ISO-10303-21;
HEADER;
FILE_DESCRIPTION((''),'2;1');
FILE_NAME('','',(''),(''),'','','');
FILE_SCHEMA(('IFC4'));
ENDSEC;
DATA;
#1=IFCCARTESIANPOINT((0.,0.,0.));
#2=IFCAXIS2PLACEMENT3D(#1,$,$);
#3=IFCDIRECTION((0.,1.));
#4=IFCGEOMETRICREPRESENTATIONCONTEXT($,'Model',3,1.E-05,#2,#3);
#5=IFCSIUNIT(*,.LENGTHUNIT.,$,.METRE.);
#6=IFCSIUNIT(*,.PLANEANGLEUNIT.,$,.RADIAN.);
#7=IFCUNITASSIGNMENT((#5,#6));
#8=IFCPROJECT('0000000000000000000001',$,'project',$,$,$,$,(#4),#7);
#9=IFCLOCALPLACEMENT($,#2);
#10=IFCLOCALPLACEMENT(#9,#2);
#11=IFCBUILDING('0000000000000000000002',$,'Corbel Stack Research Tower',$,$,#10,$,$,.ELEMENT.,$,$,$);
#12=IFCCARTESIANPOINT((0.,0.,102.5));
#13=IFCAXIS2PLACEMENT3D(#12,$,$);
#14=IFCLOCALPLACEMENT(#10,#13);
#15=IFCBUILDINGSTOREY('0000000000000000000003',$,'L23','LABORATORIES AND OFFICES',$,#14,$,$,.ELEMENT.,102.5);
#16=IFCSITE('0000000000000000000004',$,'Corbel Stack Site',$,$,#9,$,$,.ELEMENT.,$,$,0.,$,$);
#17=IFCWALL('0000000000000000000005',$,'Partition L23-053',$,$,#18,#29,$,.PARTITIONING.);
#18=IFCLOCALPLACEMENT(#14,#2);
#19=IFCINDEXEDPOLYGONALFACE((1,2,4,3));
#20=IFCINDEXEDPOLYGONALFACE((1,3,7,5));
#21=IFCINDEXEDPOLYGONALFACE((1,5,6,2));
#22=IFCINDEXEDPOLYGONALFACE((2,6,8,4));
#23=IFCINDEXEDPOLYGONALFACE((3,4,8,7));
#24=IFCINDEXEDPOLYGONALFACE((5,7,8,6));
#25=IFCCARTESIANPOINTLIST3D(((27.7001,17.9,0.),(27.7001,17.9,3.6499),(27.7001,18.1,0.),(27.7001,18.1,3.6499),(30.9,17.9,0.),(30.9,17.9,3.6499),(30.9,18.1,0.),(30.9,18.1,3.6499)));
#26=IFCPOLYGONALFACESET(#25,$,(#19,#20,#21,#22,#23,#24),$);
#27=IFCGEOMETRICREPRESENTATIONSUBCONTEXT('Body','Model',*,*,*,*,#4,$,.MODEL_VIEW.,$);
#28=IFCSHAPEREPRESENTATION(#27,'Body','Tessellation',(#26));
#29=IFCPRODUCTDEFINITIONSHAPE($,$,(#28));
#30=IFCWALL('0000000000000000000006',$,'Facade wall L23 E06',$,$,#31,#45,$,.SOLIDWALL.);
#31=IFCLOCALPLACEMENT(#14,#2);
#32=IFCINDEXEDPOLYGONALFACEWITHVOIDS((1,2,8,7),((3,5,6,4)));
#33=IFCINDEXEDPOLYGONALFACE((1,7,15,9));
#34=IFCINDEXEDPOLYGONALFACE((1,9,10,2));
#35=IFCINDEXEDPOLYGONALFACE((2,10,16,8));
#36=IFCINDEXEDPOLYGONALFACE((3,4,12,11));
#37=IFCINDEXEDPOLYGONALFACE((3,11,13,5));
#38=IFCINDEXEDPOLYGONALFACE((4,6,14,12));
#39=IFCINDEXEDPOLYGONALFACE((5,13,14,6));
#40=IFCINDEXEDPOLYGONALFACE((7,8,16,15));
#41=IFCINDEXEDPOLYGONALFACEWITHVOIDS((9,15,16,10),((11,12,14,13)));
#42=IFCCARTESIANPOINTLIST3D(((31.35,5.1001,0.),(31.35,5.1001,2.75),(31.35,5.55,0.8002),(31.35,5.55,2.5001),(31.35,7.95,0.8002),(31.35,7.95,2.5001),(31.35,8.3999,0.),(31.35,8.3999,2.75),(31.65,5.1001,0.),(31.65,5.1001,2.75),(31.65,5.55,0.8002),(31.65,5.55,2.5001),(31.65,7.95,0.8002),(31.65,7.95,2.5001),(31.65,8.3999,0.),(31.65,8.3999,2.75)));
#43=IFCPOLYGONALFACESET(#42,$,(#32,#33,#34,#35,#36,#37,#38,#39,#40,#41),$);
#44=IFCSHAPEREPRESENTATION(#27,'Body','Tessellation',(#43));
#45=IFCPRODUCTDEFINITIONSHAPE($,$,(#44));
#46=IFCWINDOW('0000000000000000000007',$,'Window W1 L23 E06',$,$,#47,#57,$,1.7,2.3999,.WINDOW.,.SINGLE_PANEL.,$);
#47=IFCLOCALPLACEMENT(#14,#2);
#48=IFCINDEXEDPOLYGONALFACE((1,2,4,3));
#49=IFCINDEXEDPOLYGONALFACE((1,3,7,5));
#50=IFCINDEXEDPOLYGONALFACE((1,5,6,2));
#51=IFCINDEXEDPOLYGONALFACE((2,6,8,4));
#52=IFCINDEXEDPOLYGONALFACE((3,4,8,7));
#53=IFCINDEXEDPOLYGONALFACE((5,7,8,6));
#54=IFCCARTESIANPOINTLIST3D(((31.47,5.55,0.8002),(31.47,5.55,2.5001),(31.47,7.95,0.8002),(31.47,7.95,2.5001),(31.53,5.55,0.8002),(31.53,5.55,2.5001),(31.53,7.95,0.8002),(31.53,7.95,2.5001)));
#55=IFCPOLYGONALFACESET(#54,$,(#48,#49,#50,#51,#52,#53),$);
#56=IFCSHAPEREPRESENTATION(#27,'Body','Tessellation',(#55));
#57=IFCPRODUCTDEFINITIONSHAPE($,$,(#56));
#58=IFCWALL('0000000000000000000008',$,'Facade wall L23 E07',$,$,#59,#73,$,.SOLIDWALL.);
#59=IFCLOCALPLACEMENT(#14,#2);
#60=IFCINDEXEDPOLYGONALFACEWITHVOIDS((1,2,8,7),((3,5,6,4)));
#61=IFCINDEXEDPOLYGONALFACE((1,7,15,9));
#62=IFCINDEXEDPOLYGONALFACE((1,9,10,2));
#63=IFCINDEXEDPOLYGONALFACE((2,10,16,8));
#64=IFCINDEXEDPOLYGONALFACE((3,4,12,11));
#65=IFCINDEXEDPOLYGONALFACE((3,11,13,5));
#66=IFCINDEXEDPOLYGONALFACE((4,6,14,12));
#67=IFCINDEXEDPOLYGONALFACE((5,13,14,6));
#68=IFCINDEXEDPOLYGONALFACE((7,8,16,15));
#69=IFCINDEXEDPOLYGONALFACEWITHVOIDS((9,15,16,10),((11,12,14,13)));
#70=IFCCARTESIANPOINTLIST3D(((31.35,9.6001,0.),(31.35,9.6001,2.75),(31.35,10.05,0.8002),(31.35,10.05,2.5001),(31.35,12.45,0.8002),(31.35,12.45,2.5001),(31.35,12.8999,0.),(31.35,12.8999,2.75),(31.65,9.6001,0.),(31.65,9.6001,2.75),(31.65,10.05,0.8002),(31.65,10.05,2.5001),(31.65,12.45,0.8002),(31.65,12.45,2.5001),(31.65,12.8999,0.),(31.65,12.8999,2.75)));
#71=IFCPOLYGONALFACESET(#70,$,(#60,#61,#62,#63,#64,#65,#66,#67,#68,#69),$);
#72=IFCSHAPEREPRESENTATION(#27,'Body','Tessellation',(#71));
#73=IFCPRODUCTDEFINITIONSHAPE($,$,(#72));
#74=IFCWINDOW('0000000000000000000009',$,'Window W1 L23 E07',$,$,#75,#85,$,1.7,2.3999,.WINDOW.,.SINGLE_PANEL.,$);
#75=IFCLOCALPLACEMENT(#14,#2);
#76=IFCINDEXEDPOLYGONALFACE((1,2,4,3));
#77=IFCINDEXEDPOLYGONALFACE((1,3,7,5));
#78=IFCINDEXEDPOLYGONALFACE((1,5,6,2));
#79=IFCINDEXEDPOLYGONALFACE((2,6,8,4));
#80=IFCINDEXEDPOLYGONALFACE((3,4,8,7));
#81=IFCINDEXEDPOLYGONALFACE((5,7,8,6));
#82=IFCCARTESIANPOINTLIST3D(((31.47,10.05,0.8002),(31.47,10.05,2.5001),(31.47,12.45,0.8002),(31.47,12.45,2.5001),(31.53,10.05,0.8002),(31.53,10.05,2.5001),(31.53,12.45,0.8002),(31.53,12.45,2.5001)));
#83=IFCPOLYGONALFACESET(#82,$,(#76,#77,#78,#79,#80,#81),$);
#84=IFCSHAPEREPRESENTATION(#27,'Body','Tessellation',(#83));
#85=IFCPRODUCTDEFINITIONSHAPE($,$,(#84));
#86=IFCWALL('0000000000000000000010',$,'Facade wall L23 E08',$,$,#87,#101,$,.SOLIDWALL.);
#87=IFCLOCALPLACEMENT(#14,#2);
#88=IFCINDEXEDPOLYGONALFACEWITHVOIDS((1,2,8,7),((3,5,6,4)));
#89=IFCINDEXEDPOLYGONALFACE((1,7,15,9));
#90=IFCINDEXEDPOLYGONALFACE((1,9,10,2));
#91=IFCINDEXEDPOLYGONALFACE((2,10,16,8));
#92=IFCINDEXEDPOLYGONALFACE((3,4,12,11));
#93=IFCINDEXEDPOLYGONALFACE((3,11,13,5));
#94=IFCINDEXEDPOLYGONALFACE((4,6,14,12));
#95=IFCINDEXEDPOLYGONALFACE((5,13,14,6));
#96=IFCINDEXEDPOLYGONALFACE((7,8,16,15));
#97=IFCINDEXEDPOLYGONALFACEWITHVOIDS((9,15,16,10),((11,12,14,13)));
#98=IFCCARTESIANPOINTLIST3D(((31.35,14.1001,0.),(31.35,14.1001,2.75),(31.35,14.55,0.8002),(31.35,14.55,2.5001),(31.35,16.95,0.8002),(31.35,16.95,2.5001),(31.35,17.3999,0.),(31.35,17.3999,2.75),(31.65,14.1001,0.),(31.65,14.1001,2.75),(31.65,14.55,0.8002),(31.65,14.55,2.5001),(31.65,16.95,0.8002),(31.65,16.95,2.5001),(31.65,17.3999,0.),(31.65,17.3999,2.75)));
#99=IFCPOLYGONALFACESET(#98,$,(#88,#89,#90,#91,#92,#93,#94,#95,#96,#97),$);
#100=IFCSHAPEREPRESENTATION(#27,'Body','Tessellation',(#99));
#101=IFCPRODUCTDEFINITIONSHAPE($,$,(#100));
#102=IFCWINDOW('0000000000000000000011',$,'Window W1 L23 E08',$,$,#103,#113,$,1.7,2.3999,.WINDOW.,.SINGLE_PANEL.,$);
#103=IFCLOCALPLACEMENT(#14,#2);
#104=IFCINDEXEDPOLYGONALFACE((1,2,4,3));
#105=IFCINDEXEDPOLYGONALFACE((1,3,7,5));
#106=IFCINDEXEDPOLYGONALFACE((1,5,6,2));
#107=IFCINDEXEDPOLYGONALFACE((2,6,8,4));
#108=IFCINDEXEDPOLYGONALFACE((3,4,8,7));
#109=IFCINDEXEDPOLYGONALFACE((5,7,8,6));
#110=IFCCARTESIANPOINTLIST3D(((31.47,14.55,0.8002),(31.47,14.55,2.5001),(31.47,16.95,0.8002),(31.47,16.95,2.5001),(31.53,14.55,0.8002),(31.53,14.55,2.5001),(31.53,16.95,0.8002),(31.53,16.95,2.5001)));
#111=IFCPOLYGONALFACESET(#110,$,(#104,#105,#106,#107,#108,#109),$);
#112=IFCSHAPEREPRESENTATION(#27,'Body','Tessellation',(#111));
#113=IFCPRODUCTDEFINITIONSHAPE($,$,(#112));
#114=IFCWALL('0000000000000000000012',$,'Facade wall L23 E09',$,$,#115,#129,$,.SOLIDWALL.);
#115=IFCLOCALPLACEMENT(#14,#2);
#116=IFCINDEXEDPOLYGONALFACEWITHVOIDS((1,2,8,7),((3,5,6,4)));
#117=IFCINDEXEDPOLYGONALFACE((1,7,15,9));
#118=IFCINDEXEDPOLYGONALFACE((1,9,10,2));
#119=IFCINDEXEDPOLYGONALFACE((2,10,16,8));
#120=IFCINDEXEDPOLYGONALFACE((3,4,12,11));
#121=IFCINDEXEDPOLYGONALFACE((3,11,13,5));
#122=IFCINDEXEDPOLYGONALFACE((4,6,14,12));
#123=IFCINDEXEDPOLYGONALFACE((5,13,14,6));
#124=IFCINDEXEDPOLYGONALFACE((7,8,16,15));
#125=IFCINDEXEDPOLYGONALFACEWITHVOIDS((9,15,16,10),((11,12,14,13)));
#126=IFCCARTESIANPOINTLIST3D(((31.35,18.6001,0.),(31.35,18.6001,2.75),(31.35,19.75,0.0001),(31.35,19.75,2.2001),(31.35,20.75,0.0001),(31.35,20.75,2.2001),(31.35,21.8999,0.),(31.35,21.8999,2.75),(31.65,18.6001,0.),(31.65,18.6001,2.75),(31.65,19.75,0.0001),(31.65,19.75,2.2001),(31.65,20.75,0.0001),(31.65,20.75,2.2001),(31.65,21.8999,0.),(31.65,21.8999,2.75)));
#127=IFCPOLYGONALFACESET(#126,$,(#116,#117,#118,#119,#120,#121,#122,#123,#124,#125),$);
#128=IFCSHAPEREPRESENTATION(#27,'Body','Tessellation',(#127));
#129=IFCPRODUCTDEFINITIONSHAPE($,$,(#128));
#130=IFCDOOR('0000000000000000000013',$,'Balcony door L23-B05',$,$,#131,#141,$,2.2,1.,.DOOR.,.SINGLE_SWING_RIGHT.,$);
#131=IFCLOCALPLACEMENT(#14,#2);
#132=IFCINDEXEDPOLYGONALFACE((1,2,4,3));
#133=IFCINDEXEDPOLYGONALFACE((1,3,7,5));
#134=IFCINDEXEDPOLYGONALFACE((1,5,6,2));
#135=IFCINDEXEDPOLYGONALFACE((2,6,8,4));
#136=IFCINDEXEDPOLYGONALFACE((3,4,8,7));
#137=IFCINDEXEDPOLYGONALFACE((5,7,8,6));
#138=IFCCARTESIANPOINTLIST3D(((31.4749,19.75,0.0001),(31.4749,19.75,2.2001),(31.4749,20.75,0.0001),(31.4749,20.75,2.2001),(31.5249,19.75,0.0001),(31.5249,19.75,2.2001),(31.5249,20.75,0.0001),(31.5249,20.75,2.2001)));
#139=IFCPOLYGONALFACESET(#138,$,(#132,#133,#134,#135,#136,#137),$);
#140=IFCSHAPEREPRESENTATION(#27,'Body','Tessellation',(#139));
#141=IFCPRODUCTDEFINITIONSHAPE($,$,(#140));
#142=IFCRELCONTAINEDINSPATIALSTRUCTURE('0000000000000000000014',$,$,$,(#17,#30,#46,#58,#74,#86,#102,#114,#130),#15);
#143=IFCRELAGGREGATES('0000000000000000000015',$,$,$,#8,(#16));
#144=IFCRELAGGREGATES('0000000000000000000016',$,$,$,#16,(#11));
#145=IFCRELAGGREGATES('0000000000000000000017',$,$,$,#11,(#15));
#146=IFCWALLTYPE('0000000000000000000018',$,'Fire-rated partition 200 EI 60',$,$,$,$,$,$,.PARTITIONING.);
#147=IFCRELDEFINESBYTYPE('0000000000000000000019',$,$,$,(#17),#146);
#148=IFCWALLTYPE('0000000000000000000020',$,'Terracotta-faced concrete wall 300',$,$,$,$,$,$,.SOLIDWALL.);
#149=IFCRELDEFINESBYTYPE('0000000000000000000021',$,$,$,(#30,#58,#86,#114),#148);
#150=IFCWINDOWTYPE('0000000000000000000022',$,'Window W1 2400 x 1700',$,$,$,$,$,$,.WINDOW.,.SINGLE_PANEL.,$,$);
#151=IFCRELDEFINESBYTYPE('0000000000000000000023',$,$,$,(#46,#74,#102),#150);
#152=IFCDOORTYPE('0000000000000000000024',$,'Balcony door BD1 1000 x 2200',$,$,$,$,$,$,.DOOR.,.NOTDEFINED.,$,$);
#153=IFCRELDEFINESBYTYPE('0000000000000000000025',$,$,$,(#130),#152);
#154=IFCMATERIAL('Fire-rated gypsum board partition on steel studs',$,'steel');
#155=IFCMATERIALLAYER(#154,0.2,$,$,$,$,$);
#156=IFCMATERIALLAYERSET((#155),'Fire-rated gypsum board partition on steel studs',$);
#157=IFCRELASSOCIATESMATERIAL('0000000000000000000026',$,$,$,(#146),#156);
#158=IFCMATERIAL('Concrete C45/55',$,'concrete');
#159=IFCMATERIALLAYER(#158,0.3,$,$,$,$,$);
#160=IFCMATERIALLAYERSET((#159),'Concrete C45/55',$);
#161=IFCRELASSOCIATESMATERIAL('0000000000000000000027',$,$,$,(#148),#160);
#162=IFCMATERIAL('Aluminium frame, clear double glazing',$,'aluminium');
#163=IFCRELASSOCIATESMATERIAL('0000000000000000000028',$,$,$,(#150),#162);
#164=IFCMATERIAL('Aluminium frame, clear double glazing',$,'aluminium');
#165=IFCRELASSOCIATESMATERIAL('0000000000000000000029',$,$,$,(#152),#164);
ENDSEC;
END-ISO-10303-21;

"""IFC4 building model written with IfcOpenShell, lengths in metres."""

from ifc_helpers import new_model, si_unit, direction, frame, frame_2d, origin, place, context, subcontext, project, spatial, rectangle, extrude, material, layer, layer_set, type_object, element, fill, save


model = new_model("IFC4")

# Units and contexts
model_context = context("Model", 3, precision=1e-05, world=origin(), true_north=direction((0.0, 1.0)))
body_context = subcontext(model_context, "Body", "Model", "MODEL_VIEW")
ifc_project = project(units=[si_unit("LENGTHUNIT", "METRE"), si_unit("PLANEANGLEUNIT", "RADIAN")], contexts=[model_context])

# Site, building, storey
site_placement = place(None, origin())
site = spatial("IfcSite", under=ifc_project, at=site_placement, Name="Corbel Stack Site", CompositionType="ELEMENT", RefElevation=0.0)
building_placement = place(site_placement, origin())
building = spatial("IfcBuilding", under=site, at=building_placement, Name="Corbel Stack Research Tower", CompositionType="ELEMENT")
storey_placement = place(building_placement, frame((0.0, 0.0, 102.5)))
storey = spatial("IfcBuildingStorey", under=building, at=storey_placement, Name="L23", Description="LABORATORIES AND OFFICES", CompositionType="ELEMENT", Elevation=102.5)

# Wall
ifc_material_1 = material(Name="Fire-rated gypsum board partition on steel studs", Category="steel")
ifc_layer_1 = layer(ifc_material_1, 0.2)
ifc_layer_set_1 = layer_set([ifc_layer_1], Name="Fire-rated gypsum board partition on steel studs")
wall_type_1 = type_object("IfcWallType", Name="Fire-rated partition 200 EI 60", PredefinedType="PARTITIONING", material=ifc_layer_set_1)
wall_1_placement = place(storey_placement, frame((27.7, 18.0, 0.0), z_axis=(0.0, 0.0, 1.0), x_axis=(1.0, 0.0, 0.0)))
element("IfcWall", 1, at=wall_1_placement, inside=storey, type_object=wall_type_1, Name="Partition L23-053", PredefinedType="PARTITIONING", context=body_context, shape_type="SweptSolid", body=[
    extrude(rectangle(XDim=3.2, YDim=0.2, at=frame_2d((1.6001, 0.0))), origin(), (0.0, 0.0, 1.0), 3.6499),
])

# Walls, openings, windows
ifc_material_2 = material(Name="Concrete C45/55", Category="concrete")
ifc_layer_2 = layer(ifc_material_2, 0.3)
ifc_layer_set_2 = layer_set([ifc_layer_2], Name="Concrete C45/55")
wall_type_2 = type_object("IfcWallType", Name="Terracotta-faced concrete wall 300", PredefinedType="SOLIDWALL", material=ifc_layer_set_2)
wall_2_placement = place(storey_placement, frame((31.5, 8.3999, 0.0), z_axis=(0.0, 0.0, 1.0), x_axis=(0.0, -1.0, 0.0)))
wall_2 = element("IfcWall", 2, at=wall_2_placement, inside=storey, type_object=wall_type_2, Name="Facade wall L23 E06", PredefinedType="SOLIDWALL", context=body_context, shape_type="SweptSolid", body=[
    extrude(rectangle(XDim=3.2998, YDim=0.3, at=frame_2d((1.6499, 0.0))), origin(), (0.0, 0.0, 1.0), 2.75),
])
opening_1_placement = place(wall_2_placement, frame((0.45, 0.0, 0.8)))
opening_1 = element("IfcOpeningElement", 3, at=opening_1_placement, cuts=wall_2, PredefinedType="OPENING", context=body_context, shape_type="SweptSolid", body=[
    extrude(rectangle(XDim=2.3999, YDim=1.7, at=frame_2d((1.2, 0.8501))), frame((0.0, 0.1599, 0.0), z_axis=(0.0, -1.0, 0.0), x_axis=(1.0, 0.0, 0.0)), (0.0, 0.0, 1.0), 0.3201),
])
ifc_material_3 = material(Name="Aluminium frame, clear double glazing", Category="aluminium")
window_type = type_object("IfcWindowType", Name="Window W1 2400 x 1700", PartitioningType="SINGLE_PANEL", PredefinedType="WINDOW", material=ifc_material_3)
window_1_placement = place(opening_1_placement, origin())
window_1 = element("IfcWindow", 4, at=window_1_placement, inside=storey, type_object=window_type, Name="Window W1 L23 E06", OverallHeight=1.7, OverallWidth=2.3999, PartitioningType="SINGLE_PANEL", PredefinedType="WINDOW", context=body_context, shape_type="SweptSolid", body=[
    extrude(rectangle(XDim=2.3999, YDim=1.7, at=frame_2d((1.2, 0.8501))), frame((0.0, 0.03, 0.0), z_axis=(0.0, -1.0, 0.0), x_axis=(1.0, 0.0, 0.0)), (0.0, 0.0, 1.0), 0.0601),
])
fill(opening_1, window_1)
wall_3_placement = place(storey_placement, frame((31.5, 12.8999, 0.0), z_axis=(0.0, 0.0, 1.0), x_axis=(0.0, -1.0, 0.0)))
wall_3 = element("IfcWall", 5, at=wall_3_placement, inside=storey, type_object=wall_type_2, Name="Facade wall L23 E07", PredefinedType="SOLIDWALL", context=body_context, shape_type="SweptSolid", body=[
    extrude(rectangle(XDim=3.2998, YDim=0.3, at=frame_2d((1.6499, 0.0))), origin(), (0.0, 0.0, 1.0), 2.75),
])
opening_2_placement = place(wall_3_placement, frame((0.45, 0.0, 0.8)))
opening_2 = element("IfcOpeningElement", 6, at=opening_2_placement, cuts=wall_3, PredefinedType="OPENING", context=body_context, shape_type="SweptSolid", body=[
    extrude(rectangle(XDim=2.3999, YDim=1.7, at=frame_2d((1.2, 0.8501))), frame((0.0, 0.1599, 0.0), z_axis=(0.0, -1.0, 0.0), x_axis=(1.0, 0.0, 0.0)), (0.0, 0.0, 1.0), 0.3201),
])
window_2_placement = place(opening_2_placement, origin())
window_2 = element("IfcWindow", 7, at=window_2_placement, inside=storey, type_object=window_type, Name="Window W1 L23 E07", OverallHeight=1.7, OverallWidth=2.3999, PartitioningType="SINGLE_PANEL", PredefinedType="WINDOW", context=body_context, shape_type="SweptSolid", body=[
    extrude(rectangle(XDim=2.3999, YDim=1.7, at=frame_2d((1.2, 0.8501))), frame((0.0, 0.03, 0.0), z_axis=(0.0, -1.0, 0.0), x_axis=(1.0, 0.0, 0.0)), (0.0, 0.0, 1.0), 0.0601),
])
fill(opening_2, window_2)
wall_4_placement = place(storey_placement, frame((31.5, 17.3999, 0.0), z_axis=(0.0, 0.0, 1.0), x_axis=(0.0, -1.0, 0.0)))
wall_4 = element("IfcWall", 8, at=wall_4_placement, inside=storey, type_object=wall_type_2, Name="Facade wall L23 E08", PredefinedType="SOLIDWALL", context=body_context, shape_type="SweptSolid", body=[
    extrude(rectangle(XDim=3.2998, YDim=0.3, at=frame_2d((1.6499, 0.0))), origin(), (0.0, 0.0, 1.0), 2.75),
])
opening_3_placement = place(wall_4_placement, frame((0.45, 0.0, 0.8)))
opening_3 = element("IfcOpeningElement", 9, at=opening_3_placement, cuts=wall_4, PredefinedType="OPENING", context=body_context, shape_type="SweptSolid", body=[
    extrude(rectangle(XDim=2.3999, YDim=1.7, at=frame_2d((1.2, 0.8501))), frame((0.0, 0.1599, 0.0), z_axis=(0.0, -1.0, 0.0), x_axis=(1.0, 0.0, 0.0)), (0.0, 0.0, 1.0), 0.3201),
])
window_3_placement = place(opening_3_placement, origin())
window_3 = element("IfcWindow", 10, at=window_3_placement, inside=storey, type_object=window_type, Name="Window W1 L23 E08", OverallHeight=1.7, OverallWidth=2.3999, PartitioningType="SINGLE_PANEL", PredefinedType="WINDOW", context=body_context, shape_type="SweptSolid", body=[
    extrude(rectangle(XDim=2.3999, YDim=1.7, at=frame_2d((1.2, 0.8501))), frame((0.0, 0.03, 0.0), z_axis=(0.0, -1.0, 0.0), x_axis=(1.0, 0.0, 0.0)), (0.0, 0.0, 1.0), 0.0601),
])
fill(opening_3, window_3)

# Wall, opening, door
wall_5_placement = place(storey_placement, frame((31.5, 21.8999, 0.0), z_axis=(0.0, 0.0, 1.0), x_axis=(0.0, -1.0, 0.0)))
wall_5 = element("IfcWall", 11, at=wall_5_placement, inside=storey, type_object=wall_type_2, Name="Facade wall L23 E09", PredefinedType="SOLIDWALL", context=body_context, shape_type="SweptSolid", body=[
    extrude(rectangle(XDim=3.2998, YDim=0.3, at=frame_2d((1.6499, 0.0))), origin(), (0.0, 0.0, 1.0), 2.75),
])
opening_4_placement = place(wall_5_placement, frame((1.1499, 0.0, 0.0)))
opening_4 = element("IfcOpeningElement", 12, at=opening_4_placement, cuts=wall_5, PredefinedType="OPENING", context=body_context, shape_type="SweptSolid", body=[
    extrude(rectangle(XDim=1.0, YDim=2.2, at=frame_2d((0.5, 1.1001))), frame((0.0, 0.1599, 0.0), z_axis=(0.0, -1.0, 0.0), x_axis=(1.0, 0.0, 0.0)), (0.0, 0.0, 1.0), 0.3201),
])
ifc_material_4 = material(Name="Aluminium frame, clear double glazing", Category="aluminium")
door_type = type_object("IfcDoorType", Name="Balcony door BD1 1000 x 2200", OperationType="NOTDEFINED", PredefinedType="DOOR", material=ifc_material_4)
door_placement = place(opening_4_placement, origin())
door = element("IfcDoor", 13, at=door_placement, inside=storey, type_object=door_type, Name="Balcony door L23-B05", OperationType="SINGLE_SWING_RIGHT", OverallHeight=2.2, OverallWidth=1.0, PredefinedType="DOOR", context=body_context, shape_type="SweptSolid", body=[
    extrude(rectangle(XDim=1.0, YDim=2.2, at=frame_2d((0.5, 1.1001))), frame((0.0, 0.0249, 0.0), z_axis=(0.0, -1.0, 0.0), x_axis=(1.0, 0.0, 0.0)), (0.0, 0.0, 1.0), 0.05),
])
fill(opening_4, door)

save(model, "model.ifc")
